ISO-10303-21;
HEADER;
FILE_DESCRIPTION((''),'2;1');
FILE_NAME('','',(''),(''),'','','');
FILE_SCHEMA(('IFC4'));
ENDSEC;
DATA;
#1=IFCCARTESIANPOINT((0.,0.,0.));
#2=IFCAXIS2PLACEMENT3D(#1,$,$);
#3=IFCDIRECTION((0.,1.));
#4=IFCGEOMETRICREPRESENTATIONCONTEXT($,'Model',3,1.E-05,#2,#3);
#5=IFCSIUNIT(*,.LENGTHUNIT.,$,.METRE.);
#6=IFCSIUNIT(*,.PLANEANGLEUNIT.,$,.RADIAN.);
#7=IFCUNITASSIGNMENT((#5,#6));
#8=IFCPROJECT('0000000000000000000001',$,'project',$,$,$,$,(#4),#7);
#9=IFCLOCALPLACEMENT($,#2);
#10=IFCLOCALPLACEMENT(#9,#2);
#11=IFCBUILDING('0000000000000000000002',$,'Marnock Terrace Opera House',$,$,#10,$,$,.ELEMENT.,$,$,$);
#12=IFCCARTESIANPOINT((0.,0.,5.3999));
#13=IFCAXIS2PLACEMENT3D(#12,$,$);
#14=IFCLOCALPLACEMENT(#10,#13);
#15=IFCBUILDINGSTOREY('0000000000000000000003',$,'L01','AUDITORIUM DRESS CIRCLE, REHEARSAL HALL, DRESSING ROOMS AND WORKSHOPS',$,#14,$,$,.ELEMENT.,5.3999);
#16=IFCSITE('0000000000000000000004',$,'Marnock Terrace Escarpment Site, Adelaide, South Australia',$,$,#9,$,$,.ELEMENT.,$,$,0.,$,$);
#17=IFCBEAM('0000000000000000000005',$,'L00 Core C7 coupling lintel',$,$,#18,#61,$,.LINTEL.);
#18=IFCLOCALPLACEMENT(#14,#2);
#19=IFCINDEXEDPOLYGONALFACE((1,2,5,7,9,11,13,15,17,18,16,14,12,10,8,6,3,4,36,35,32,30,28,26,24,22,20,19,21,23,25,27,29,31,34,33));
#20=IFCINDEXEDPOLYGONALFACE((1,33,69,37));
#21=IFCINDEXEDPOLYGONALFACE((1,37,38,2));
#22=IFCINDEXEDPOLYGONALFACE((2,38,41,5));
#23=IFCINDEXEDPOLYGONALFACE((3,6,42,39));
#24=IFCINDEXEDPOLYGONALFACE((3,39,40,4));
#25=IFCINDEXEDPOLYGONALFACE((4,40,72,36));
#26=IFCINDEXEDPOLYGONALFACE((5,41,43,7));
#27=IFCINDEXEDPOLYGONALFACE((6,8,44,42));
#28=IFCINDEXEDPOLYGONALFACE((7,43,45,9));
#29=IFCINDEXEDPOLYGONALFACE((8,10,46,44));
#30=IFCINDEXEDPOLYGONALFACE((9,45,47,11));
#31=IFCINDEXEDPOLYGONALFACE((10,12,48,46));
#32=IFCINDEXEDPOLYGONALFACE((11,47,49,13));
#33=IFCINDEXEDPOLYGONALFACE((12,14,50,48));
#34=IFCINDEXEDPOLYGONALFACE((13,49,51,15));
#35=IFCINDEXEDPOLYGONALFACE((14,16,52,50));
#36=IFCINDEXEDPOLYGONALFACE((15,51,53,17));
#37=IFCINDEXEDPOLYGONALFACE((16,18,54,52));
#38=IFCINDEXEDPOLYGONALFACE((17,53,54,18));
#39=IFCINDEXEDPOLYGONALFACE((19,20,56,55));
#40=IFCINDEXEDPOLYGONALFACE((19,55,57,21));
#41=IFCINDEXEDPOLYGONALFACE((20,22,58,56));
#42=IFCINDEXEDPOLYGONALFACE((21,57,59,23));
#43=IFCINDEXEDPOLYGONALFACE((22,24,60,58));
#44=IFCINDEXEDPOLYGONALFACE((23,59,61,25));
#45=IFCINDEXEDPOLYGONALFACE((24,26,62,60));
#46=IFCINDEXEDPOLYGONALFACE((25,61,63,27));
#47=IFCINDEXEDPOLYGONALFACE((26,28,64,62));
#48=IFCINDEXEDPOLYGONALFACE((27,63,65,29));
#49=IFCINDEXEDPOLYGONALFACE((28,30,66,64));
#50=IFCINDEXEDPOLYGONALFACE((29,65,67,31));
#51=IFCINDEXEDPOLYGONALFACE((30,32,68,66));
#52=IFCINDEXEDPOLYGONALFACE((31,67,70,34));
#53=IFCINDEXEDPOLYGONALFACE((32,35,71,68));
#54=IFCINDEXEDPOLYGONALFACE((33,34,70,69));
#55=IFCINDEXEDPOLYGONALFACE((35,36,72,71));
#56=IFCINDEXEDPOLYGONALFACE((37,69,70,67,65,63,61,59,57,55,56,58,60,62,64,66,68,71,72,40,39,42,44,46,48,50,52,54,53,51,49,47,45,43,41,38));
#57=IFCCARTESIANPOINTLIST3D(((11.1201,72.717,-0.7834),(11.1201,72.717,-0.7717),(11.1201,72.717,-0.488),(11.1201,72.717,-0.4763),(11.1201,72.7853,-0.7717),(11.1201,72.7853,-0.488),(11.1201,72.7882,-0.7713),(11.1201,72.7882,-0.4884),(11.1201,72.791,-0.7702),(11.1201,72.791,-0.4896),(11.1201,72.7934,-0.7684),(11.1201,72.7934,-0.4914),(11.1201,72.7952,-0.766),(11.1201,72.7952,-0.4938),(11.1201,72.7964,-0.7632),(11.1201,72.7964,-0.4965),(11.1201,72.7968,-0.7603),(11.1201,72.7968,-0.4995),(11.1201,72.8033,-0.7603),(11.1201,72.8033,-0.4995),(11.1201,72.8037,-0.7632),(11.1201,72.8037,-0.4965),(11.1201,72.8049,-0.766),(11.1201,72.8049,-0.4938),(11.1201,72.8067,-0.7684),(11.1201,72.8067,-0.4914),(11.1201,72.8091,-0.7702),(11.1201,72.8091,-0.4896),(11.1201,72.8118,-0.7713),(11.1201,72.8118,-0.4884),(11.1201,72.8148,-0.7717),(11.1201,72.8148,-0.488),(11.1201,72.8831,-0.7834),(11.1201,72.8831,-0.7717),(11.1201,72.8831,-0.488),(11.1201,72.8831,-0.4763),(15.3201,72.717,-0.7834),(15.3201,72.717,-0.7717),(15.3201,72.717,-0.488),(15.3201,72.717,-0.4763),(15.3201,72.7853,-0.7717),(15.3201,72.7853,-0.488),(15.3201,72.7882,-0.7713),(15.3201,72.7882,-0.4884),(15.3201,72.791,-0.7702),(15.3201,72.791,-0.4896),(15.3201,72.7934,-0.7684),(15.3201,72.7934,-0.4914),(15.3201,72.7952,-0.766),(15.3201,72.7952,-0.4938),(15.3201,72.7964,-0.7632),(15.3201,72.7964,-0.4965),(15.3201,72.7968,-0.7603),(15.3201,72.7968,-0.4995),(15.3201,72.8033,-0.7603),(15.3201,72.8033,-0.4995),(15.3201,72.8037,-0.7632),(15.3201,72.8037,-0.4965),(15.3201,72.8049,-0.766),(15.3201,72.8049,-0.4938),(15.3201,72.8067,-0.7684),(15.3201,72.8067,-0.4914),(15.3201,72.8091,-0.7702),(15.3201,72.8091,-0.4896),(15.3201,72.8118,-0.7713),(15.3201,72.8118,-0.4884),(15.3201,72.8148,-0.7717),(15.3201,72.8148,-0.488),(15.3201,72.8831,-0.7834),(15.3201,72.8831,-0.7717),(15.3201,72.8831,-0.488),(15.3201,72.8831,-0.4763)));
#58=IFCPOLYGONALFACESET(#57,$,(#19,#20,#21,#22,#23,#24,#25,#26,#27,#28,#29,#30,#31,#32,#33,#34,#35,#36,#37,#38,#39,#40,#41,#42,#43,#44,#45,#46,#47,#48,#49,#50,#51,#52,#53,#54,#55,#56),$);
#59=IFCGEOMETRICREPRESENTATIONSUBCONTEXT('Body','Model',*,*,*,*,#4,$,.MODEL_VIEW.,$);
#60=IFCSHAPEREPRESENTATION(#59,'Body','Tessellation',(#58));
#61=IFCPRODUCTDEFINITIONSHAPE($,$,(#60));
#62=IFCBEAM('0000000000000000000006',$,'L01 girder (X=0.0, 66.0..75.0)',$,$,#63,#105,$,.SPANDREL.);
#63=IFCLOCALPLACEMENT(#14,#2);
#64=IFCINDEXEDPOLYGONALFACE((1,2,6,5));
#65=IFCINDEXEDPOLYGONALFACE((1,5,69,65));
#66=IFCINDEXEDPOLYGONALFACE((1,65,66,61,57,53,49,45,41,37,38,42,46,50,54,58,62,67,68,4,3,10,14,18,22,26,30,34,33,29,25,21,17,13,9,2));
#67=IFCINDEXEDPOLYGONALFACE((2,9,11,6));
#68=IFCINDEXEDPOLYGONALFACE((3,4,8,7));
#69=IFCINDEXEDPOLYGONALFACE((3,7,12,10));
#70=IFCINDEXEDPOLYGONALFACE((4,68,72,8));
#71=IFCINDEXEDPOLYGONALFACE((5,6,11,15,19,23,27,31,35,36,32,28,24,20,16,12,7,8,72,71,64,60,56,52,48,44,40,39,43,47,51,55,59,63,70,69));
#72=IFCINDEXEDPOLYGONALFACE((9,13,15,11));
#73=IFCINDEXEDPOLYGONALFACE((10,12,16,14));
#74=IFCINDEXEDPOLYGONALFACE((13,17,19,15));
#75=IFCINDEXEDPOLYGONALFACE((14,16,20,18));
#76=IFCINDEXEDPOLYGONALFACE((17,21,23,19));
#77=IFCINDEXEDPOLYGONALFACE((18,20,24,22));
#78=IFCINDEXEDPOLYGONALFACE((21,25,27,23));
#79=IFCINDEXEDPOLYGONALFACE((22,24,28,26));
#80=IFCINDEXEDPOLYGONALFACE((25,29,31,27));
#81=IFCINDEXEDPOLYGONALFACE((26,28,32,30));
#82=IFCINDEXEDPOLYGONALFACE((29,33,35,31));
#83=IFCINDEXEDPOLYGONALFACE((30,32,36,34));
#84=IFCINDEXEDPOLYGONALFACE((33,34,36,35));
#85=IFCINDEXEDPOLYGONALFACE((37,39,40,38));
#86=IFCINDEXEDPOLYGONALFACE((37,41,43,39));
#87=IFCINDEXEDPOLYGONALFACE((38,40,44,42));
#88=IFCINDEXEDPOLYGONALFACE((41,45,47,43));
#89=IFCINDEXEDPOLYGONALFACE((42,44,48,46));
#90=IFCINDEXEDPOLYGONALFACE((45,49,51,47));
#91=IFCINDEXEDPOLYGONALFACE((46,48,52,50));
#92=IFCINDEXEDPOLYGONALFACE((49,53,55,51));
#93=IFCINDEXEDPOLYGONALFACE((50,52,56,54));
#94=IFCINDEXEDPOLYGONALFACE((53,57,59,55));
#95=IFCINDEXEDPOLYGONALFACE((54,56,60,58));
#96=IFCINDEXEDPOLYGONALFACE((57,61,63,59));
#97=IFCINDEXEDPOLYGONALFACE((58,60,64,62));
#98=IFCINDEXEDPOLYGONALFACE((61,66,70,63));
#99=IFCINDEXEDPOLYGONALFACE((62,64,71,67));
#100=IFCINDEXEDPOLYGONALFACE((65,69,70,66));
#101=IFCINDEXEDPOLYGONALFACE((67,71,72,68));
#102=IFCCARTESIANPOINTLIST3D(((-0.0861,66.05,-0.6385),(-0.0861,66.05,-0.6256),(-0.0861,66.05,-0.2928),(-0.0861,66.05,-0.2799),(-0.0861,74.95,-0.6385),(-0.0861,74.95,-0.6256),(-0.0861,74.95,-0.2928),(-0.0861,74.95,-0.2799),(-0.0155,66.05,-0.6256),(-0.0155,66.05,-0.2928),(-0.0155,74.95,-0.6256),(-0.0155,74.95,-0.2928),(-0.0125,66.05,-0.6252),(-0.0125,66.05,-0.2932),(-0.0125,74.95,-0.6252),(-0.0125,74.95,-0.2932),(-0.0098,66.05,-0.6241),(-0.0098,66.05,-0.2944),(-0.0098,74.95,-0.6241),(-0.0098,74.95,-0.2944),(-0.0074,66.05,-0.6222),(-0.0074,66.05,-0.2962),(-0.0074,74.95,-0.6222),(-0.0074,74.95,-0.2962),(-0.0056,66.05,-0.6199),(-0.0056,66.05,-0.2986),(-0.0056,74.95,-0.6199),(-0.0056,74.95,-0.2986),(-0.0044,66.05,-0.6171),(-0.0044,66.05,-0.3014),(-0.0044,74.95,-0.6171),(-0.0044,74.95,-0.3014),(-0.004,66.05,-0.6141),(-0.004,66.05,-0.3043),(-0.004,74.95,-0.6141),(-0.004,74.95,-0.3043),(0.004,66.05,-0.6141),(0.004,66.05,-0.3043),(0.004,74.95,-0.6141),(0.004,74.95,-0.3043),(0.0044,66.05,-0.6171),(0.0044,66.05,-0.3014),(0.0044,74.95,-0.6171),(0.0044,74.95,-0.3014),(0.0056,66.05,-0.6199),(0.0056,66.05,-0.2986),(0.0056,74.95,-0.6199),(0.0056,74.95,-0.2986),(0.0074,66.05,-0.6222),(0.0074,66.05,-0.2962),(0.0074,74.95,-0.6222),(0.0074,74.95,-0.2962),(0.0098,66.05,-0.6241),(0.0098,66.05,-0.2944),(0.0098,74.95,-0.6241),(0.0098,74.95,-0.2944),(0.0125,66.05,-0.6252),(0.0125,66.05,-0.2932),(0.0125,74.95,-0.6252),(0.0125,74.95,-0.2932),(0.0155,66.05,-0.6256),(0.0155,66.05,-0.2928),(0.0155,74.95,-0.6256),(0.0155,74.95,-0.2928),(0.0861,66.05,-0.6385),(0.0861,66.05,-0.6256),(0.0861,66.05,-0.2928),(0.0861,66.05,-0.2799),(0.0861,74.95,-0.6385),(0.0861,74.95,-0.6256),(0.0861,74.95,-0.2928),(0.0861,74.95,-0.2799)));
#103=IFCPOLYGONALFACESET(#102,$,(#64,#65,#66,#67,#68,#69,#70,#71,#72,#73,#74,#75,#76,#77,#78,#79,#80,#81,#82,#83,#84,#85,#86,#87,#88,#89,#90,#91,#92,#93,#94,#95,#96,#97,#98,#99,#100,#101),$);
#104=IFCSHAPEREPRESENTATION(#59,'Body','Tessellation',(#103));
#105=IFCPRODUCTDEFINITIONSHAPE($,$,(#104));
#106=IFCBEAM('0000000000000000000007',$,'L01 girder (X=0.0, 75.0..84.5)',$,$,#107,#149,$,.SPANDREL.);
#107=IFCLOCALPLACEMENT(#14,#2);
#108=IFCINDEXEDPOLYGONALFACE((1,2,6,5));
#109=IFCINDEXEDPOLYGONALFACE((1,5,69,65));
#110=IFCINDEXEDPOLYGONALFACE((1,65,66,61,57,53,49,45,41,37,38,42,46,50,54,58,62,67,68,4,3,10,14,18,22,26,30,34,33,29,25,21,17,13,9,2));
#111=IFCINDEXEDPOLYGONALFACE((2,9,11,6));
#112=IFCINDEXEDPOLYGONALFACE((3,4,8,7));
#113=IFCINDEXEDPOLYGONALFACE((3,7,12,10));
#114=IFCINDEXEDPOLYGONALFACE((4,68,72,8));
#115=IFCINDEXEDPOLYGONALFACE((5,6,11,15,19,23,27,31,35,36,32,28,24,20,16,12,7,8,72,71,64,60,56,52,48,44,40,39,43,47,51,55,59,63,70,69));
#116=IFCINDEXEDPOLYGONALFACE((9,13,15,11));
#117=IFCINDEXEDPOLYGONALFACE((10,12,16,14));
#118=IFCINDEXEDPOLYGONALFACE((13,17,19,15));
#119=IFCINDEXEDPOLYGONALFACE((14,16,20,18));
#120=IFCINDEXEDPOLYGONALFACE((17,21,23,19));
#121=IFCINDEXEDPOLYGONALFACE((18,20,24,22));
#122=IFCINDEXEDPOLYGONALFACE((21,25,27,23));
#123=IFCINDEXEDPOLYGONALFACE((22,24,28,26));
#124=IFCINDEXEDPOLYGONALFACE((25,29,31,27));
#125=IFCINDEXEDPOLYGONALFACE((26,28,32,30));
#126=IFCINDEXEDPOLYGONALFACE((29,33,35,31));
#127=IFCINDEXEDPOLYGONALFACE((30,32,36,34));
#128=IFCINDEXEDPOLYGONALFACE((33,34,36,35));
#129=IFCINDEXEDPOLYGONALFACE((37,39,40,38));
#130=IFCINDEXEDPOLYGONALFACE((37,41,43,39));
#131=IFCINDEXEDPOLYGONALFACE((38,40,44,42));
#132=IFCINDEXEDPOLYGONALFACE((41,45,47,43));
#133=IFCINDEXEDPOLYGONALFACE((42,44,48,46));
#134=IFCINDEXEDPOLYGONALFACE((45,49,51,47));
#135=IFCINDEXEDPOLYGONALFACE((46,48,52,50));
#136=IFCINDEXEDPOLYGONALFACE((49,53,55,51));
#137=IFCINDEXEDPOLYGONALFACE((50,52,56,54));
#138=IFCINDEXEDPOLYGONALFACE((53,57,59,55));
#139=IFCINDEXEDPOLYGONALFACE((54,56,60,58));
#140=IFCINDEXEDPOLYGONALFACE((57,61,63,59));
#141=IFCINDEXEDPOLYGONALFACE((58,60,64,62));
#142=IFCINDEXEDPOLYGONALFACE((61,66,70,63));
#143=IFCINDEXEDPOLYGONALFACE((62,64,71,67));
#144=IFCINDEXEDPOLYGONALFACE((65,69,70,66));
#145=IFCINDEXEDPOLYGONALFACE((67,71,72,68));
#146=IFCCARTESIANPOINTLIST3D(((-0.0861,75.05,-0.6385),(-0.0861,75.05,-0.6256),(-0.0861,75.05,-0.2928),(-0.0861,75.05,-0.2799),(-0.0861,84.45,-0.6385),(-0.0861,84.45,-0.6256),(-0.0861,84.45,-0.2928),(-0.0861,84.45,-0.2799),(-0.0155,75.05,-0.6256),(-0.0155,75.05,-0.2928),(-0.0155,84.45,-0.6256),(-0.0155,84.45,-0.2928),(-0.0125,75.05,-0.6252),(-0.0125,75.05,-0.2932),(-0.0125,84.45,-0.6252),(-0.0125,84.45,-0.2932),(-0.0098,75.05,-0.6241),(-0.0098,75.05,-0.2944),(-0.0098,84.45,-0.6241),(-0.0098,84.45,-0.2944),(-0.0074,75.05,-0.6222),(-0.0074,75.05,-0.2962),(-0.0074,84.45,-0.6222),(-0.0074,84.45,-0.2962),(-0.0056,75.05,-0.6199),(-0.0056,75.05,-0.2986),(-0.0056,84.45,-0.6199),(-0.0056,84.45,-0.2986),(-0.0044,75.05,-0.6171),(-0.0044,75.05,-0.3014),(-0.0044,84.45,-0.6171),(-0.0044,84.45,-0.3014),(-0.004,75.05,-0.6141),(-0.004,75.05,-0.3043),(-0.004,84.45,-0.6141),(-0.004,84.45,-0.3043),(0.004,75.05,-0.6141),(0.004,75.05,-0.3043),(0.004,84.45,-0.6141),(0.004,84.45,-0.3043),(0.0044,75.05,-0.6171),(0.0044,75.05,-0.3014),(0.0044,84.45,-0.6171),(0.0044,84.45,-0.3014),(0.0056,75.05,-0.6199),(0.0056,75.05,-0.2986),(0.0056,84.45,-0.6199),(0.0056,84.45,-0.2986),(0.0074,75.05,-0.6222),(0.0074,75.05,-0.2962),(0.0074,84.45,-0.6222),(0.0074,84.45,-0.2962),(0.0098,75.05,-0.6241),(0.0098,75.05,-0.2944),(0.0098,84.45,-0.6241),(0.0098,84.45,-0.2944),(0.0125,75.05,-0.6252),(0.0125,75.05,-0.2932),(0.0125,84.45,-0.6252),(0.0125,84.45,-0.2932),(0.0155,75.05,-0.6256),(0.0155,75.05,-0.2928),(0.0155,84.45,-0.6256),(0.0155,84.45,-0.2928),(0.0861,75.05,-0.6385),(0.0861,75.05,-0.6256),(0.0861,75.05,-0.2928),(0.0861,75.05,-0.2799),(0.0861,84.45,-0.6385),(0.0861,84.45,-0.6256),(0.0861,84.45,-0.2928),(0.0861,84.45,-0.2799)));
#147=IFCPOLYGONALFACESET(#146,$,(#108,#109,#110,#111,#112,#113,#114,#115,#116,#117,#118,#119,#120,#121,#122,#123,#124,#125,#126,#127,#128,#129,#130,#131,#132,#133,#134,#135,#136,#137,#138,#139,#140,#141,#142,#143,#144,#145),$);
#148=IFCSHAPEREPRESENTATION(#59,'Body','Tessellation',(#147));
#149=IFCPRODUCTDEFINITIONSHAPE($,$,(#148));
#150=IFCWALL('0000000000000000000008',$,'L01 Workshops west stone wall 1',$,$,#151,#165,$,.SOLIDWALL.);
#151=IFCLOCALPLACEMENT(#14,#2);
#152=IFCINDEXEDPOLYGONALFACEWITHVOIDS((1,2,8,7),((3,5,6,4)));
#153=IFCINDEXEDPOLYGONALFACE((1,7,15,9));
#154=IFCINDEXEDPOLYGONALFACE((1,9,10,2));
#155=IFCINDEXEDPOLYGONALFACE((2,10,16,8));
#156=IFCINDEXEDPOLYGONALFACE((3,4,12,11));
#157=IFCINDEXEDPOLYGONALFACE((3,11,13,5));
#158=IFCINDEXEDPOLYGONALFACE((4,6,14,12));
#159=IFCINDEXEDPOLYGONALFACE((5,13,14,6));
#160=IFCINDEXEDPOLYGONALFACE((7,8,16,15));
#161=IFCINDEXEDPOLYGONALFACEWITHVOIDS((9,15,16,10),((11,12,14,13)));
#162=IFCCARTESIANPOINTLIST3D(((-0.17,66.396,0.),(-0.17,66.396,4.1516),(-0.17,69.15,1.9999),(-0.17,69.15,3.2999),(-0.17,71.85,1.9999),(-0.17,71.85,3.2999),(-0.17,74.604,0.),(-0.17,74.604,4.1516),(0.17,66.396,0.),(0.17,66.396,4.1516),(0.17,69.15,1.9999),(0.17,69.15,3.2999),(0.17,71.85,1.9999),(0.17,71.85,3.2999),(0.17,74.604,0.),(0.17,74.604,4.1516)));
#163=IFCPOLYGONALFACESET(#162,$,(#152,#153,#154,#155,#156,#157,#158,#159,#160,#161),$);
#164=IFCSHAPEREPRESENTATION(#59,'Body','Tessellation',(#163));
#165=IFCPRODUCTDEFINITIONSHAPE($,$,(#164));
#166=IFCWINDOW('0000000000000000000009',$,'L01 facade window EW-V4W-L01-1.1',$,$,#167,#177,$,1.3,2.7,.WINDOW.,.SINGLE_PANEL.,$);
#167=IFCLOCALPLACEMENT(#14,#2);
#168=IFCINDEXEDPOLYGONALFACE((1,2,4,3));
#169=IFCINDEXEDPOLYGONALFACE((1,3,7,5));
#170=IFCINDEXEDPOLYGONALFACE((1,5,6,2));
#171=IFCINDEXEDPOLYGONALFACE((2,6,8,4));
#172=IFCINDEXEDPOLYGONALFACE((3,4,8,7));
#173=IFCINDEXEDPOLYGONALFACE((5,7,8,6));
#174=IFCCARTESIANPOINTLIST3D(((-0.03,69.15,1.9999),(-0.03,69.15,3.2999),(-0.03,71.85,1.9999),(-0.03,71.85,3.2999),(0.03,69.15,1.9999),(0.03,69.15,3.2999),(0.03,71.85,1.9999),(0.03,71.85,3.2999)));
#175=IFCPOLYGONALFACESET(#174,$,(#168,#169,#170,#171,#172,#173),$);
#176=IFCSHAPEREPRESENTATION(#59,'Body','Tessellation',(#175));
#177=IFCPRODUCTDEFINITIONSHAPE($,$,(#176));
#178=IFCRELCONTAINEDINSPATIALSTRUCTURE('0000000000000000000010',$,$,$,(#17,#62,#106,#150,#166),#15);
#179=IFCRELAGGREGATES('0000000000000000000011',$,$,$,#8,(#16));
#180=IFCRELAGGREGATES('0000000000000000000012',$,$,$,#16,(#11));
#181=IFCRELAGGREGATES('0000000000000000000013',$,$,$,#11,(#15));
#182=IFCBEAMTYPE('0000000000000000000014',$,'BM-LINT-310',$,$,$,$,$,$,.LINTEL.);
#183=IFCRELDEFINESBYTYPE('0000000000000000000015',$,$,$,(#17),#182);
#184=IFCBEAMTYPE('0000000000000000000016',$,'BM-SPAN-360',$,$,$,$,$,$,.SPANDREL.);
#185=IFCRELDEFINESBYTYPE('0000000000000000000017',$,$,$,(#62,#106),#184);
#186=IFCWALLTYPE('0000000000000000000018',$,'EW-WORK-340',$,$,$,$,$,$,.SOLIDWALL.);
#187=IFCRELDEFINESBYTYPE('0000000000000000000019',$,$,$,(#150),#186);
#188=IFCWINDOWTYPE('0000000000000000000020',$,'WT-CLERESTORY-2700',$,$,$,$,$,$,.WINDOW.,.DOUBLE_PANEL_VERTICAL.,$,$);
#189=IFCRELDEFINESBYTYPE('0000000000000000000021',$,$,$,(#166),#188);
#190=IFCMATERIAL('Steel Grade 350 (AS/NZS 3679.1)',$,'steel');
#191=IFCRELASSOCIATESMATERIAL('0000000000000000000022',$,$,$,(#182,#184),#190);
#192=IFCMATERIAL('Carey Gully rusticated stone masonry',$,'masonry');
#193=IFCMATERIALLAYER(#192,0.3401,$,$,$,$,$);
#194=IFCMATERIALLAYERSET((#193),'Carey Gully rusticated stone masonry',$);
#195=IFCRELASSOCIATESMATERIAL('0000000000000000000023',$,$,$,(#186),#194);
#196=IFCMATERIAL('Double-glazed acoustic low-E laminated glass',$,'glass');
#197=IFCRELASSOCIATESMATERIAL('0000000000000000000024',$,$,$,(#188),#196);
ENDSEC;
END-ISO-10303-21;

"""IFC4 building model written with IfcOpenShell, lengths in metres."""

from ifc_helpers import new_model, si_unit, direction, frame, frame_2d, origin, origin_2d, place, context, subcontext, project, spatial, rectangle, i_section, extrude, material, layer, layer_set, material_profile, profile_set, type_object, element, fill, save


model = new_model("IFC4")

# Units and contexts
model_context = context("Model", 3, precision=1e-05, world=origin(), true_north=direction((0.0, 1.0)))
body_context = subcontext(model_context, "Body", "Model", "MODEL_VIEW")
ifc_project = project(units=[si_unit("LENGTHUNIT", "METRE"), si_unit("PLANEANGLEUNIT", "RADIAN")], contexts=[model_context])

# Site, building, storey
site_placement = place(None, origin())
site = spatial("IfcSite", under=ifc_project, at=site_placement, Name="Marnock Terrace Escarpment Site, Adelaide, South Australia", CompositionType="ELEMENT", RefElevation=0.0)
building_placement = place(site_placement, origin())
building = spatial("IfcBuilding", under=site, at=building_placement, Name="Marnock Terrace Opera House", CompositionType="ELEMENT")
storey_placement = place(building_placement, frame((0.0, 0.0, 5.3999)))
storey = spatial("IfcBuildingStorey", under=building, at=storey_placement, Name="L01", Description="AUDITORIUM DRESS CIRCLE, REHEARSAL HALL, DRESSING ROOMS AND WORKSHOPS", CompositionType="ELEMENT", Elevation=5.3999)

# Shared definitions
ifc_material_1 = material(Name="Steel Grade 350 (AS/NZS 3679.1)", Category="steel")

# Beams
ifc_material_profile_1 = material_profile(ifc_material_1, i_section(OverallWidth=0.166, OverallDepth=0.3071, WebThickness=0.0066, FlangeThickness=0.0117, FilletRadius=0.0115, at=origin_2d()))
ifc_profile_set_1 = profile_set([ifc_material_profile_1], Name="Steel Grade 350 (AS/NZS 3679.1)")
beam_type_1 = type_object("IfcBeamType", Name="BM-LINT-310", PredefinedType="LINTEL", material=ifc_profile_set_1)
beam_1_placement = place(storey_placement, frame((11.1201, 72.8, -0.6299), z_axis=(1.0, 0.0, 0.0), x_axis=(0.0, 1.0, 0.0)))
element("IfcBeam", 1, at=beam_1_placement, inside=storey, type_object=beam_type_1, Name="L00 Core C7 coupling lintel", PredefinedType="LINTEL", context=body_context, shape_type="SweptSolid", body=[
    extrude(i_section(OverallWidth=0.166, OverallDepth=0.3071, WebThickness=0.0066, FlangeThickness=0.0117, FilletRadius=0.0115, at=origin_2d()), origin(), (0.0, 0.0, 1.0), 4.2),
])
ifc_material_profile_2 = material_profile(ifc_material_1, i_section(OverallWidth=0.1721, OverallDepth=0.3586, WebThickness=0.0081, FlangeThickness=0.0129, FilletRadius=0.0115, at=origin_2d()))
ifc_profile_set_2 = profile_set([ifc_material_profile_2], Name="Steel Grade 350 (AS/NZS 3679.1)")
beam_type_2 = type_object("IfcBeamType", Name="BM-SPAN-360", PredefinedType="SPANDREL", material=ifc_profile_set_2)
beam_2_placement = place(storey_placement, frame((0.0, 66.05, -0.4592), z_axis=(0.0, 1.0, 0.0), x_axis=(-1.0, 0.0, 0.0)))
element("IfcBeam", 2, at=beam_2_placement, inside=storey, type_object=beam_type_2, Name="L01 girder (X=0.0, 66.0..75.0)", PredefinedType="SPANDREL", context=body_context, shape_type="SweptSolid", body=[
    extrude(i_section(OverallWidth=0.1721, OverallDepth=0.3586, WebThickness=0.0081, FlangeThickness=0.0129, FilletRadius=0.0115, at=origin_2d()), origin(), (0.0, 0.0, 1.0), 8.8999),
])
beam_3_placement = place(storey_placement, frame((0.0, 75.05, -0.4592), z_axis=(0.0, 1.0, 0.0), x_axis=(-1.0, 0.0, 0.0)))
element("IfcBeam", 3, at=beam_3_placement, inside=storey, type_object=beam_type_2, Name="L01 girder (X=0.0, 75.0..84.5)", PredefinedType="SPANDREL", context=body_context, shape_type="SweptSolid", body=[
    extrude(i_section(OverallWidth=0.1721, OverallDepth=0.3586, WebThickness=0.0081, FlangeThickness=0.0129, FilletRadius=0.0115, at=origin_2d()), origin(), (0.0, 0.0, 1.0), 9.3999),
])

# Wall, opening, window
ifc_material_2 = material(Name="Carey Gully rusticated stone masonry", Category="masonry")
ifc_layer_1 = layer(ifc_material_2, 0.3401)
ifc_layer_set_1 = layer_set([ifc_layer_1], Name="Carey Gully rusticated stone masonry")
wall_type_1 = type_object("IfcWallType", Name="EW-WORK-340", PredefinedType="SOLIDWALL", material=ifc_layer_set_1)
wall_1_placement = place(storey_placement, frame((0.0, 66.396, 0.0), z_axis=(0.0, 0.0, 1.0), x_axis=(0.0, 1.0, 0.0)))
wall_1 = element("IfcWall", 4, at=wall_1_placement, inside=storey, type_object=wall_type_1, Name="L01 Workshops west stone wall 1", PredefinedType="SOLIDWALL", context=body_context, shape_type="SweptSolid", body=[
    extrude(rectangle(XDim=8.208, YDim=0.3401, at=frame_2d((4.104, 0.0))), origin(), (0.0, 0.0, 1.0), 4.1516),
])
opening_1_placement = place(wall_1_placement, frame((2.7539, 0.0, 2.0)))
opening_1 = element("IfcOpeningElement", 5, at=opening_1_placement, cuts=wall_1, PredefinedType="OPENING", context=body_context, shape_type="SweptSolid", body=[
    extrude(rectangle(XDim=2.7, YDim=1.3, at=frame_2d((1.3501, 0.6499))), frame((0.0, 0.1799, 0.0), z_axis=(0.0, -1.0, 0.0), x_axis=(1.0, 0.0, 0.0)), (0.0, 0.0, 1.0), 0.3601),
])
ifc_material_3 = material(Name="Double-glazed acoustic low-E laminated glass", Category="glass")
window_type_1 = type_object("IfcWindowType", Name="WT-CLERESTORY-2700", PartitioningType="DOUBLE_PANEL_VERTICAL", PredefinedType="WINDOW", material=ifc_material_3)
window_1_placement = place(opening_1_placement, origin())
window_1 = element("IfcWindow", 6, at=window_1_placement, inside=storey, type_object=window_type_1, Name="L01 facade window EW-V4W-L01-1.1", OverallHeight=1.3, OverallWidth=2.7, PartitioningType="SINGLE_PANEL", PredefinedType="WINDOW", context=body_context, shape_type="SweptSolid", body=[
    extrude(rectangle(XDim=2.7, YDim=1.3, at=frame_2d((1.3501, 0.6499))), frame((0.0, 0.03, 0.0), z_axis=(0.0, -1.0, 0.0), x_axis=(1.0, 0.0, 0.0)), (0.0, 0.0, 1.0), 0.0601),
])
fill(opening_1, window_1)

save(model, "model.ifc")
